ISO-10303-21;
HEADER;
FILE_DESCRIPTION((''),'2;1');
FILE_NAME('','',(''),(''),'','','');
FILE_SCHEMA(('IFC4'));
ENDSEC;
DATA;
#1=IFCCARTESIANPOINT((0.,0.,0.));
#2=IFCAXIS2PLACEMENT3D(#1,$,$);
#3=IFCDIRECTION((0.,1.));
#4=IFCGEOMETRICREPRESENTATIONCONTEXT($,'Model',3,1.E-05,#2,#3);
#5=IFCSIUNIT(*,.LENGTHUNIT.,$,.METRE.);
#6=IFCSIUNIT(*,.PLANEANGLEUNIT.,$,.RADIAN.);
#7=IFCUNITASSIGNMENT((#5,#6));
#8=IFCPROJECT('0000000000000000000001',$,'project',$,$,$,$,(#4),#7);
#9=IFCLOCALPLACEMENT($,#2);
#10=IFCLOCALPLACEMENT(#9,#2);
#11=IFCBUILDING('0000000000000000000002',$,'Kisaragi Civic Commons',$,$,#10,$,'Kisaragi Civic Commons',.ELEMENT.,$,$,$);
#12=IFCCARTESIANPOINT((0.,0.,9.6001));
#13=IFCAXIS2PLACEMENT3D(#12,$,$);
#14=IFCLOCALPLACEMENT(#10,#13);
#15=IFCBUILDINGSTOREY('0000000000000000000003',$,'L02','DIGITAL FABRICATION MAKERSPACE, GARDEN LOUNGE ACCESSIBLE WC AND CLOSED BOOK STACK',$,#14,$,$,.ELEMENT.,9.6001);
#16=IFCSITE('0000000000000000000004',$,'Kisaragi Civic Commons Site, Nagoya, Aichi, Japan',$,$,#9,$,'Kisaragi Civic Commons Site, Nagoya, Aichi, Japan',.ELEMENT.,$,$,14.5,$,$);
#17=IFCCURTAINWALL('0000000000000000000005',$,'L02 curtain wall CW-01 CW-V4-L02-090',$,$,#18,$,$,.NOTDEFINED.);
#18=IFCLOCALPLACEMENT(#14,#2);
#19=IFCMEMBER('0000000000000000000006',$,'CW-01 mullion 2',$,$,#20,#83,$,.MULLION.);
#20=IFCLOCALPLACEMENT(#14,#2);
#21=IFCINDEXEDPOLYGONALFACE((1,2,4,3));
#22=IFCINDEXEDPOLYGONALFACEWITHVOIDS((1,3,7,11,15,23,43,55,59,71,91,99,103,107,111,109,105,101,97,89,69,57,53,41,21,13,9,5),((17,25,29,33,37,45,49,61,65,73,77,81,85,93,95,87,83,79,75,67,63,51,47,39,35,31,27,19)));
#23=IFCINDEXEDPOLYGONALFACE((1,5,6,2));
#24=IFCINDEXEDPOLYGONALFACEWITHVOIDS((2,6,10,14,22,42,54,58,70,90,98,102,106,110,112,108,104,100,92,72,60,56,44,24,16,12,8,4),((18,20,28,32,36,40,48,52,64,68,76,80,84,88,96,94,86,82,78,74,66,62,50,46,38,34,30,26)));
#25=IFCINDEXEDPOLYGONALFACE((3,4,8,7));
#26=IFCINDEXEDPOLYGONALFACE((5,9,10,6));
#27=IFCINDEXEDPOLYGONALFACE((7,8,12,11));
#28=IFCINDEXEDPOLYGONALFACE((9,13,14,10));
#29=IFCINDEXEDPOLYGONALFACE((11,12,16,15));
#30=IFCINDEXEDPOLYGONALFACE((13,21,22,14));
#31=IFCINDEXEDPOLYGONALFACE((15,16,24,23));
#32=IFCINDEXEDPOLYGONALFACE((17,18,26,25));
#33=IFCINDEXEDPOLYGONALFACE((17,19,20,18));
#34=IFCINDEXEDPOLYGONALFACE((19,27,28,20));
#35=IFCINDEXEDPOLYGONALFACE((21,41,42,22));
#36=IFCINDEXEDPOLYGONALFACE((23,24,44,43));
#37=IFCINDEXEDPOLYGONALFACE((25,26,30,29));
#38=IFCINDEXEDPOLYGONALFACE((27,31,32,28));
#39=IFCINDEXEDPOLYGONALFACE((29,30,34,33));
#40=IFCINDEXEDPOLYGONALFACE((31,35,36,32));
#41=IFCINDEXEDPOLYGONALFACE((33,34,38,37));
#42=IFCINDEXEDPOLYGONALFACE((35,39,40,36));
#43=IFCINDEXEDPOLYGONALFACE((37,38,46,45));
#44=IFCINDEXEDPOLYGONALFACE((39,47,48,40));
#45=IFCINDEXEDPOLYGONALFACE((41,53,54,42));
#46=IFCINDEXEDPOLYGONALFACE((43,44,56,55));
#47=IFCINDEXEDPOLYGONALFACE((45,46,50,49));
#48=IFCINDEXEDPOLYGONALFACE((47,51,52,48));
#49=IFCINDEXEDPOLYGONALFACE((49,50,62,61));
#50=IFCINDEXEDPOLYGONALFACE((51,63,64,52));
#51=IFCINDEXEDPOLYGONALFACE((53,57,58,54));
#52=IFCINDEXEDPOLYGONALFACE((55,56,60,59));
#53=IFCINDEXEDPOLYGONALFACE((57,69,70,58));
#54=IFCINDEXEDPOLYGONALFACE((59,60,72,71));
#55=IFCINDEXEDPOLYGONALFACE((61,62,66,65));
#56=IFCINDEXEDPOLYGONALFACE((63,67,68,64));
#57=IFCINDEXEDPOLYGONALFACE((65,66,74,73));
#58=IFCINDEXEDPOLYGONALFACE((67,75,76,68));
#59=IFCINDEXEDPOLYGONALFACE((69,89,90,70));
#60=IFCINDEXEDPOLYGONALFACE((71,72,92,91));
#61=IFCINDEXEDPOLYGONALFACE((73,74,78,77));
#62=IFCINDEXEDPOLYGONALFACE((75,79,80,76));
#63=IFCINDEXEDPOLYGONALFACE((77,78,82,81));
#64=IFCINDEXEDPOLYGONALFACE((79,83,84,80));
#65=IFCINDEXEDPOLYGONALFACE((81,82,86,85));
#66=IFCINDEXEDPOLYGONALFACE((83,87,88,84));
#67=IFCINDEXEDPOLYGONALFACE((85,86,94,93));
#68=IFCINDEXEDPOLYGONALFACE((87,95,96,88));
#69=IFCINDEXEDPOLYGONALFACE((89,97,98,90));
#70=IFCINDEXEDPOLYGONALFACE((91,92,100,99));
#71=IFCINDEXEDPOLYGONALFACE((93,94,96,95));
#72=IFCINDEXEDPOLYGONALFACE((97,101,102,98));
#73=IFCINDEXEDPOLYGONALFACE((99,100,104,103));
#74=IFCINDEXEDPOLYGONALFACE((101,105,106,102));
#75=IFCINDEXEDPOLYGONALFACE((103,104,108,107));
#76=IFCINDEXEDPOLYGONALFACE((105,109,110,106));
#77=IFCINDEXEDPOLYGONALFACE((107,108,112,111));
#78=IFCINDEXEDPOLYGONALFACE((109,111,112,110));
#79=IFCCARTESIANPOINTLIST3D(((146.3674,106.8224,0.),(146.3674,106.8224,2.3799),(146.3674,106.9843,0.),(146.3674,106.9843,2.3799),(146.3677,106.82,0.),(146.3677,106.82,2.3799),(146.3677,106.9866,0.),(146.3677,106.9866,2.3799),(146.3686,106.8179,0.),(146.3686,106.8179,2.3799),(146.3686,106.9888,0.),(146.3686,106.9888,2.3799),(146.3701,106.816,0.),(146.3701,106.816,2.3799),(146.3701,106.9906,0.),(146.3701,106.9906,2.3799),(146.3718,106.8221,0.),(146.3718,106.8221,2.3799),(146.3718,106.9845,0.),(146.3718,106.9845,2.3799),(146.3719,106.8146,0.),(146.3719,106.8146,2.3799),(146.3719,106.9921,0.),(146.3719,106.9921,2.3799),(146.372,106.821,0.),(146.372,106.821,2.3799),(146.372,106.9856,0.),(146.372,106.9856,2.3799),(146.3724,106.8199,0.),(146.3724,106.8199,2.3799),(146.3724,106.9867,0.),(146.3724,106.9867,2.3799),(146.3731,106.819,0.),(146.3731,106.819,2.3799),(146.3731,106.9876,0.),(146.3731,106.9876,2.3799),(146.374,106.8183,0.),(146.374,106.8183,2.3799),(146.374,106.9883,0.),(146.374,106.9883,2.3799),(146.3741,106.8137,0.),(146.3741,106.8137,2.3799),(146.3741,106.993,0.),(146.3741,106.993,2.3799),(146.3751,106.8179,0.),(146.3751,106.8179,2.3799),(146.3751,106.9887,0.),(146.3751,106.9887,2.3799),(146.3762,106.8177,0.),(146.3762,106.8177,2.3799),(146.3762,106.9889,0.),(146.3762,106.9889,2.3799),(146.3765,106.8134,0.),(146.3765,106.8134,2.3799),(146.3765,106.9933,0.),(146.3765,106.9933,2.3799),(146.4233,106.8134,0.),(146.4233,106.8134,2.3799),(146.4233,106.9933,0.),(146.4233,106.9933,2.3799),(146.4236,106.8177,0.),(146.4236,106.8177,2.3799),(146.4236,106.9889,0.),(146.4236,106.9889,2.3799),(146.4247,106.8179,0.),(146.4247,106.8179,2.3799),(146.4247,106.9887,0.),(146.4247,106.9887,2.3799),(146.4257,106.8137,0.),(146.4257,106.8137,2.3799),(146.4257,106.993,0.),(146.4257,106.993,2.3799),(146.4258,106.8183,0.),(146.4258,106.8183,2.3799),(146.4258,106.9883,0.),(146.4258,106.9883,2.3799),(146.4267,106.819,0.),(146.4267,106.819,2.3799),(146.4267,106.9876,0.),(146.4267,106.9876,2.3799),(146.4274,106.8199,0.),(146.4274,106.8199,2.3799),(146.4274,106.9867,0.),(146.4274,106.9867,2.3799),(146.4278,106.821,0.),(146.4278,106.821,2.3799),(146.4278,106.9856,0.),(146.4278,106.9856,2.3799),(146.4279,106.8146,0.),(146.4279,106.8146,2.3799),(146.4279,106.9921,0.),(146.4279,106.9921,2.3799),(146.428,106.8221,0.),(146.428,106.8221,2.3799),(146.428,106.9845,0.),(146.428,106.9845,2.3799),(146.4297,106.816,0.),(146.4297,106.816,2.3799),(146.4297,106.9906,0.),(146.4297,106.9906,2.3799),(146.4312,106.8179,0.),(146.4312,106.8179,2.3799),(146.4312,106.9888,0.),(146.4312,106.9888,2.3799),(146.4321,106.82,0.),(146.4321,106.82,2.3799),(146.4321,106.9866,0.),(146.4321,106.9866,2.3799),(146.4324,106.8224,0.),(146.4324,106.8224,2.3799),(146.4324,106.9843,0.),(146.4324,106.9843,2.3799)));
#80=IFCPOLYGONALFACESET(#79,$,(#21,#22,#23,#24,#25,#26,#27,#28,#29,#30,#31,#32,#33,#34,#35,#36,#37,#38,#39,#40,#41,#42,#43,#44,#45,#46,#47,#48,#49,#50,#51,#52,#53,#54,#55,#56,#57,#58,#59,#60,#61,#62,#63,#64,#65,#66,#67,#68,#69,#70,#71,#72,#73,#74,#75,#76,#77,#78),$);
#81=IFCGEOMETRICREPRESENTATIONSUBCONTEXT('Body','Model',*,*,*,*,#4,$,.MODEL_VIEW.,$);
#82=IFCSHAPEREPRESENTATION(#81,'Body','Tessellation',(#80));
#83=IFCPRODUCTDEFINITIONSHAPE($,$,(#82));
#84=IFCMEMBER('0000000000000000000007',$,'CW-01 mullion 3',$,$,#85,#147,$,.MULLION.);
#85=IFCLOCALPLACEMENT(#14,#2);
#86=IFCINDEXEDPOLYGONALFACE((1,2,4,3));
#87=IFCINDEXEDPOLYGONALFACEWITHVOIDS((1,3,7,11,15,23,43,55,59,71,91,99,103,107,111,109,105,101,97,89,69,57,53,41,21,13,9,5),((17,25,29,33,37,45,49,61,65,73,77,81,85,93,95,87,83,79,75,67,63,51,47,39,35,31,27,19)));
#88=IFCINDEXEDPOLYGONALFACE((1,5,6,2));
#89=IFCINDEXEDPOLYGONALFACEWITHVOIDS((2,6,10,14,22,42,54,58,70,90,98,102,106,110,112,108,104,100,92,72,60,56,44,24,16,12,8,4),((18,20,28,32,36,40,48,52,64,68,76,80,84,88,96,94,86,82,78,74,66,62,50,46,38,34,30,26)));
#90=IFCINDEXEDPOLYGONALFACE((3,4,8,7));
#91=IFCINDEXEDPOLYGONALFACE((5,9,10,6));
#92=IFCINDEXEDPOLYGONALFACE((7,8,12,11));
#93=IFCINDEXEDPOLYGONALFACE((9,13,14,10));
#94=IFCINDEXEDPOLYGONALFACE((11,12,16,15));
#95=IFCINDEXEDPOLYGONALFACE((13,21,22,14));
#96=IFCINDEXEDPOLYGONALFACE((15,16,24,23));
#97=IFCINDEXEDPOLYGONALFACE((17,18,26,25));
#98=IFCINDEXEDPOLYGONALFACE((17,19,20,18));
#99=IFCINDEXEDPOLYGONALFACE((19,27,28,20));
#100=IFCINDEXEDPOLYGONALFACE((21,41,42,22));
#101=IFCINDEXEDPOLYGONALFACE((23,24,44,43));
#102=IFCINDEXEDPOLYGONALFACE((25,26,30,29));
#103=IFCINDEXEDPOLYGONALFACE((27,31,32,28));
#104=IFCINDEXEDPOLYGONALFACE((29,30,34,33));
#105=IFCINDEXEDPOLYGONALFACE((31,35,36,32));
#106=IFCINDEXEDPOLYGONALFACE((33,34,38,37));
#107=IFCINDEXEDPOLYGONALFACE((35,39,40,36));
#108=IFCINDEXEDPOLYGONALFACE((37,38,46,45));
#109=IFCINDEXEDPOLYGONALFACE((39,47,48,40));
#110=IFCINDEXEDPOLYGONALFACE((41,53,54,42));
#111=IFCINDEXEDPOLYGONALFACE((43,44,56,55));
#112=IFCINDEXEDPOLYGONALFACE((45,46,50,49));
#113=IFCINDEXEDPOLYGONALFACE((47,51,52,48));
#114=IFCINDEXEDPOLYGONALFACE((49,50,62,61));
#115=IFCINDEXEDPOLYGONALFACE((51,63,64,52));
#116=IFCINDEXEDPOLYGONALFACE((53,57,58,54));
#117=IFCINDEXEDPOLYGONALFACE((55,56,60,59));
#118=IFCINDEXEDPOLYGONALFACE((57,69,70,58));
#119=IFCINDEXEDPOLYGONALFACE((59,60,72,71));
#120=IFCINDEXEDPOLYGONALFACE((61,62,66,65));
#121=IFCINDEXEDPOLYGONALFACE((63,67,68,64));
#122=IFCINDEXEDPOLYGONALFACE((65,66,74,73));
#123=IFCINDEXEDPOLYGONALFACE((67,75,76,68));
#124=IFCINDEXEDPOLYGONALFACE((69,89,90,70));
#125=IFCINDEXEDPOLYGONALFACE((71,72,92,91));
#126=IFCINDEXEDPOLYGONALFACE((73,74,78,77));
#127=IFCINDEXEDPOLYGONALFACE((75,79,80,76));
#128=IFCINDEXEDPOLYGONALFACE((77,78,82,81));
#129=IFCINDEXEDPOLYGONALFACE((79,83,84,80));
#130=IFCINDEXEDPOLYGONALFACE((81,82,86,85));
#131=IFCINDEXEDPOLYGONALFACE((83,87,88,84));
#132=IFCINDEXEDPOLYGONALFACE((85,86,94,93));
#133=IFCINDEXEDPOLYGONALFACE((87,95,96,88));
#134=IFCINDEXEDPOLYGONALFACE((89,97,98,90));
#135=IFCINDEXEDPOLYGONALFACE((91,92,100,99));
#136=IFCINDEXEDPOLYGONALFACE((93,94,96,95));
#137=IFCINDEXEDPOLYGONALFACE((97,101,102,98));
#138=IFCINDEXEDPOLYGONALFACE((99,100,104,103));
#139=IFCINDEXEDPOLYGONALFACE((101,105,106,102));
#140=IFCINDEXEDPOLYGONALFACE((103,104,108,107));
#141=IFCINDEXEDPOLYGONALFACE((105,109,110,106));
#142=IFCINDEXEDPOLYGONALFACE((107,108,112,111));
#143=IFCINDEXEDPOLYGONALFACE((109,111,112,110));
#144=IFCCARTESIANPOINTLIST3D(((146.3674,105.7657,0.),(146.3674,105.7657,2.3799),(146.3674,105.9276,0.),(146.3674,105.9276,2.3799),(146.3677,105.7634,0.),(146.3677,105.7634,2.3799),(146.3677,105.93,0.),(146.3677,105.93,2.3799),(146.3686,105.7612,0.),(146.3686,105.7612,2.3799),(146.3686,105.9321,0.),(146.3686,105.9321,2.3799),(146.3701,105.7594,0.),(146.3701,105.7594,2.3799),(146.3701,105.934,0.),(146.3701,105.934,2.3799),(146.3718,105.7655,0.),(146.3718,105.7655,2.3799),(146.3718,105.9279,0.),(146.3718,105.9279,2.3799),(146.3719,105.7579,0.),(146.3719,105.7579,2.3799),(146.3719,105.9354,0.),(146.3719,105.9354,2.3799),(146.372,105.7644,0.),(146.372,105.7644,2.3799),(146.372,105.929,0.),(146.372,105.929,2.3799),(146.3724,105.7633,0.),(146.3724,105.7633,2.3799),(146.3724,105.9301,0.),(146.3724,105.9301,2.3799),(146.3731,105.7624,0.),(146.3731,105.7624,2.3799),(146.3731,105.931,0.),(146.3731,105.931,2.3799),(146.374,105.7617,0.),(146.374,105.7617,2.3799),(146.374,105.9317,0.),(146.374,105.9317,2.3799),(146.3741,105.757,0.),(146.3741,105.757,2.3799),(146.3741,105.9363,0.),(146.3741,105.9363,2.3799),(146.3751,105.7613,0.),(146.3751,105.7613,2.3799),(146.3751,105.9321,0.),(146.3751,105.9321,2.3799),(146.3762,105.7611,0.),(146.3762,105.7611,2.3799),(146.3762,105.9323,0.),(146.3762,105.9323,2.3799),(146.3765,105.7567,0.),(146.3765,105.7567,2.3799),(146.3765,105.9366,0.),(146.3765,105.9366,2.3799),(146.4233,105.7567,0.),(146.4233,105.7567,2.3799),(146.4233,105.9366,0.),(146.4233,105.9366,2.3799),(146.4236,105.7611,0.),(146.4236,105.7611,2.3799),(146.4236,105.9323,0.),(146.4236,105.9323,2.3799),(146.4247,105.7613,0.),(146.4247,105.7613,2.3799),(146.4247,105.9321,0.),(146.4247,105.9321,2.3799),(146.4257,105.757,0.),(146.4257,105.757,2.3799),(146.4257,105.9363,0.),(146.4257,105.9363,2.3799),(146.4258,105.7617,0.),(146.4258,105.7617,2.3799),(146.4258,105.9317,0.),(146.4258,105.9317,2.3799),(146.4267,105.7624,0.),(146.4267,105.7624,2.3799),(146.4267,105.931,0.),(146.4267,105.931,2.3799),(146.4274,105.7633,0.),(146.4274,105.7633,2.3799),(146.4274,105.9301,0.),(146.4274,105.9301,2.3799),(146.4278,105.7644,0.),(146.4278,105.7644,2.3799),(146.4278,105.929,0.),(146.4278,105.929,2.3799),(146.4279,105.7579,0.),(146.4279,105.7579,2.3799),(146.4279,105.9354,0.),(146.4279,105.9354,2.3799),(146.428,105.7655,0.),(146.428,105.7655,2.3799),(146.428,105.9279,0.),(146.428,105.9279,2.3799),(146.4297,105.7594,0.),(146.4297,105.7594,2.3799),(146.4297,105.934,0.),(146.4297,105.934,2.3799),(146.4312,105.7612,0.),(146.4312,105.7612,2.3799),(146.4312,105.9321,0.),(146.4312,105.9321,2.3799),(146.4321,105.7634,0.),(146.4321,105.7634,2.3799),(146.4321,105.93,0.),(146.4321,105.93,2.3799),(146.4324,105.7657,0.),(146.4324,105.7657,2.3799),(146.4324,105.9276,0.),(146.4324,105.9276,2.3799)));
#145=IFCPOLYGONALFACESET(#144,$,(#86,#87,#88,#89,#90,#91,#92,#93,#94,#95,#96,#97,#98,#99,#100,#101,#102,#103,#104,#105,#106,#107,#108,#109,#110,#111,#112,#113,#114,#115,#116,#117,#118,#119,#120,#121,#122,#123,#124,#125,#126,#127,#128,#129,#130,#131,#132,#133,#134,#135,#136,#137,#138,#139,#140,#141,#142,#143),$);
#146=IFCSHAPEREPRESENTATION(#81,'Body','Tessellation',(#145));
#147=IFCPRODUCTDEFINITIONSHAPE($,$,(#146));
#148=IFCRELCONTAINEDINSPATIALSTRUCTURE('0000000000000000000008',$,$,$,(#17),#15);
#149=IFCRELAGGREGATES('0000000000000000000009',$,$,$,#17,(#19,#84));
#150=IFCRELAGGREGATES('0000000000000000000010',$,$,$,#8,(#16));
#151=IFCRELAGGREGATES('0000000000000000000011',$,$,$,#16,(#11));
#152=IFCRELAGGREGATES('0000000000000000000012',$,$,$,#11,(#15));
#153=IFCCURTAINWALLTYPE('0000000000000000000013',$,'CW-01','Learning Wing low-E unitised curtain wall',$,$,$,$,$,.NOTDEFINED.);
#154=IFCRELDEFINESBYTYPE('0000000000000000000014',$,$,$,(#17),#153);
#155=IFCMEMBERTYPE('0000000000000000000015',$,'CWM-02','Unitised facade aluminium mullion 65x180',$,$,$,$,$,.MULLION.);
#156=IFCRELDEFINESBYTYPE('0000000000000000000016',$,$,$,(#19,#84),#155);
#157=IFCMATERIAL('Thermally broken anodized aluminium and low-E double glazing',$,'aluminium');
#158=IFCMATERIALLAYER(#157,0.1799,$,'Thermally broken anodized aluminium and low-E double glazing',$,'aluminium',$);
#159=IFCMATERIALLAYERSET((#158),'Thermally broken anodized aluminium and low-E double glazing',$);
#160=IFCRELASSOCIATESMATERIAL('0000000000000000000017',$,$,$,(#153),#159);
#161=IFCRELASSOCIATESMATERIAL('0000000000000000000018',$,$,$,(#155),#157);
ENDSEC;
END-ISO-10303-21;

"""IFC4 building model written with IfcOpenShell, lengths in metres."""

from ifc_helpers import new_model, si_unit, direction, frame, origin, origin_2d, place, context, subcontext, project, spatial, hollow_rectangle, extrude, material, layer, layer_set, material_profile, profile_set, type_object, element, aggregate, save


model = new_model("IFC4")

# Units and contexts
model_context = context("Model", 3, precision=1e-05, world=origin(), true_north=direction((0.0, 1.0)))
body_context = subcontext(model_context, "Body", "Model", "MODEL_VIEW")
ifc_project = project(units=[si_unit("LENGTHUNIT", "METRE"), si_unit("PLANEANGLEUNIT", "RADIAN")], contexts=[model_context])

# Site, building, storey
site_placement = place(None, origin())
site = spatial("IfcSite", under=ifc_project, at=site_placement, Name="Kisaragi Civic Commons Site, Nagoya, Aichi, Japan", LongName="Kisaragi Civic Commons Site, Nagoya, Aichi, Japan", CompositionType="ELEMENT", RefElevation=14.5)
building_placement = place(site_placement, origin())
building = spatial("IfcBuilding", under=site, at=building_placement, Name="Kisaragi Civic Commons", LongName="Kisaragi Civic Commons", CompositionType="ELEMENT")
storey_placement = place(building_placement, frame((0.0, 0.0, 9.6001)))
storey = spatial("IfcBuildingStorey", under=building, at=storey_placement, Name="L02", Description="DIGITAL FABRICATION MAKERSPACE, GARDEN LOUNGE ACCESSIBLE WC AND CLOSED BOOK STACK", CompositionType="ELEMENT", Elevation=9.6001)

# Shared definitions
ifc_material_1 = material(Name="Thermally broken anodized aluminium and low-E double glazing", Category="aluminium")
ifc_layer_1 = layer(ifc_material_1, 0.1799, Name="Thermally broken anodized aluminium and low-E double glazing", Category="aluminium")
ifc_layer_set_1 = layer_set([ifc_layer_1], Name="Thermally broken anodized aluminium and low-E double glazing")
curtain_wall_type = type_object("IfcCurtainWallType", Name="CW-01", Description="Learning Wing low-E unitised curtain wall", PredefinedType="NOTDEFINED", material=ifc_layer_set_1)
ifc_material_profile_1 = material_profile(ifc_material_1, hollow_rectangle(XDim=0.0649, YDim=0.1799, WallThickness=0.0044, InnerFilletRadius=0.0044, OuterFilletRadius=0.009, at=origin_2d()), Name="CWM-65x180x4.5", Category="aluminium")
ifc_profile_set_1 = profile_set([ifc_material_profile_1], Name="Thermally broken anodized aluminium and low-E double glazing")
member_type_1 = type_object("IfcMemberType", Name="CWM-02", Description="Unitised facade aluminium mullion 65x180", PredefinedType="MULLION", material=ifc_profile_set_1)

# Curtain wall, members
curtain_wall_1_placement = place(storey_placement, origin())
curtain_wall_1 = element("IfcCurtainWall", 1, at=curtain_wall_1_placement, inside=storey, type_object=curtain_wall_type, Name="L02 curtain wall CW-01 CW-V4-L02-090", PredefinedType="NOTDEFINED")
member_1_placement = place(storey_placement, frame((146.3999, 106.9033, 0.0), z_axis=(0.0, 0.0, 1.0), x_axis=(1.0, 0.0, 0.0)))
member_1 = element("IfcMember", 2, at=member_1_placement, type_object=member_type_1, Name="CW-01 mullion 2", PredefinedType="MULLION", context=body_context, shape_type="SweptSolid", body=[
    extrude(hollow_rectangle(XDim=0.0649, YDim=0.1799, WallThickness=0.0044, InnerFilletRadius=0.0044, OuterFilletRadius=0.009, at=origin_2d()), origin(), (0.0, 0.0, 1.0), 2.3799),
])
member_2_placement = place(storey_placement, frame((146.3999, 105.8467, 0.0), z_axis=(0.0, 0.0, 1.0), x_axis=(1.0, 0.0, 0.0)))
member_2 = element("IfcMember", 3, at=member_2_placement, type_object=member_type_1, Name="CW-01 mullion 3", PredefinedType="MULLION", context=body_context, shape_type="SweptSolid", body=[
    extrude(hollow_rectangle(XDim=0.0649, YDim=0.1799, WallThickness=0.0044, InnerFilletRadius=0.0044, OuterFilletRadius=0.009, at=origin_2d()), origin(), (0.0, 0.0, 1.0), 2.3799),
])

aggregate(curtain_wall_1, [member_1, member_2])

save(model, "model.ifc")
